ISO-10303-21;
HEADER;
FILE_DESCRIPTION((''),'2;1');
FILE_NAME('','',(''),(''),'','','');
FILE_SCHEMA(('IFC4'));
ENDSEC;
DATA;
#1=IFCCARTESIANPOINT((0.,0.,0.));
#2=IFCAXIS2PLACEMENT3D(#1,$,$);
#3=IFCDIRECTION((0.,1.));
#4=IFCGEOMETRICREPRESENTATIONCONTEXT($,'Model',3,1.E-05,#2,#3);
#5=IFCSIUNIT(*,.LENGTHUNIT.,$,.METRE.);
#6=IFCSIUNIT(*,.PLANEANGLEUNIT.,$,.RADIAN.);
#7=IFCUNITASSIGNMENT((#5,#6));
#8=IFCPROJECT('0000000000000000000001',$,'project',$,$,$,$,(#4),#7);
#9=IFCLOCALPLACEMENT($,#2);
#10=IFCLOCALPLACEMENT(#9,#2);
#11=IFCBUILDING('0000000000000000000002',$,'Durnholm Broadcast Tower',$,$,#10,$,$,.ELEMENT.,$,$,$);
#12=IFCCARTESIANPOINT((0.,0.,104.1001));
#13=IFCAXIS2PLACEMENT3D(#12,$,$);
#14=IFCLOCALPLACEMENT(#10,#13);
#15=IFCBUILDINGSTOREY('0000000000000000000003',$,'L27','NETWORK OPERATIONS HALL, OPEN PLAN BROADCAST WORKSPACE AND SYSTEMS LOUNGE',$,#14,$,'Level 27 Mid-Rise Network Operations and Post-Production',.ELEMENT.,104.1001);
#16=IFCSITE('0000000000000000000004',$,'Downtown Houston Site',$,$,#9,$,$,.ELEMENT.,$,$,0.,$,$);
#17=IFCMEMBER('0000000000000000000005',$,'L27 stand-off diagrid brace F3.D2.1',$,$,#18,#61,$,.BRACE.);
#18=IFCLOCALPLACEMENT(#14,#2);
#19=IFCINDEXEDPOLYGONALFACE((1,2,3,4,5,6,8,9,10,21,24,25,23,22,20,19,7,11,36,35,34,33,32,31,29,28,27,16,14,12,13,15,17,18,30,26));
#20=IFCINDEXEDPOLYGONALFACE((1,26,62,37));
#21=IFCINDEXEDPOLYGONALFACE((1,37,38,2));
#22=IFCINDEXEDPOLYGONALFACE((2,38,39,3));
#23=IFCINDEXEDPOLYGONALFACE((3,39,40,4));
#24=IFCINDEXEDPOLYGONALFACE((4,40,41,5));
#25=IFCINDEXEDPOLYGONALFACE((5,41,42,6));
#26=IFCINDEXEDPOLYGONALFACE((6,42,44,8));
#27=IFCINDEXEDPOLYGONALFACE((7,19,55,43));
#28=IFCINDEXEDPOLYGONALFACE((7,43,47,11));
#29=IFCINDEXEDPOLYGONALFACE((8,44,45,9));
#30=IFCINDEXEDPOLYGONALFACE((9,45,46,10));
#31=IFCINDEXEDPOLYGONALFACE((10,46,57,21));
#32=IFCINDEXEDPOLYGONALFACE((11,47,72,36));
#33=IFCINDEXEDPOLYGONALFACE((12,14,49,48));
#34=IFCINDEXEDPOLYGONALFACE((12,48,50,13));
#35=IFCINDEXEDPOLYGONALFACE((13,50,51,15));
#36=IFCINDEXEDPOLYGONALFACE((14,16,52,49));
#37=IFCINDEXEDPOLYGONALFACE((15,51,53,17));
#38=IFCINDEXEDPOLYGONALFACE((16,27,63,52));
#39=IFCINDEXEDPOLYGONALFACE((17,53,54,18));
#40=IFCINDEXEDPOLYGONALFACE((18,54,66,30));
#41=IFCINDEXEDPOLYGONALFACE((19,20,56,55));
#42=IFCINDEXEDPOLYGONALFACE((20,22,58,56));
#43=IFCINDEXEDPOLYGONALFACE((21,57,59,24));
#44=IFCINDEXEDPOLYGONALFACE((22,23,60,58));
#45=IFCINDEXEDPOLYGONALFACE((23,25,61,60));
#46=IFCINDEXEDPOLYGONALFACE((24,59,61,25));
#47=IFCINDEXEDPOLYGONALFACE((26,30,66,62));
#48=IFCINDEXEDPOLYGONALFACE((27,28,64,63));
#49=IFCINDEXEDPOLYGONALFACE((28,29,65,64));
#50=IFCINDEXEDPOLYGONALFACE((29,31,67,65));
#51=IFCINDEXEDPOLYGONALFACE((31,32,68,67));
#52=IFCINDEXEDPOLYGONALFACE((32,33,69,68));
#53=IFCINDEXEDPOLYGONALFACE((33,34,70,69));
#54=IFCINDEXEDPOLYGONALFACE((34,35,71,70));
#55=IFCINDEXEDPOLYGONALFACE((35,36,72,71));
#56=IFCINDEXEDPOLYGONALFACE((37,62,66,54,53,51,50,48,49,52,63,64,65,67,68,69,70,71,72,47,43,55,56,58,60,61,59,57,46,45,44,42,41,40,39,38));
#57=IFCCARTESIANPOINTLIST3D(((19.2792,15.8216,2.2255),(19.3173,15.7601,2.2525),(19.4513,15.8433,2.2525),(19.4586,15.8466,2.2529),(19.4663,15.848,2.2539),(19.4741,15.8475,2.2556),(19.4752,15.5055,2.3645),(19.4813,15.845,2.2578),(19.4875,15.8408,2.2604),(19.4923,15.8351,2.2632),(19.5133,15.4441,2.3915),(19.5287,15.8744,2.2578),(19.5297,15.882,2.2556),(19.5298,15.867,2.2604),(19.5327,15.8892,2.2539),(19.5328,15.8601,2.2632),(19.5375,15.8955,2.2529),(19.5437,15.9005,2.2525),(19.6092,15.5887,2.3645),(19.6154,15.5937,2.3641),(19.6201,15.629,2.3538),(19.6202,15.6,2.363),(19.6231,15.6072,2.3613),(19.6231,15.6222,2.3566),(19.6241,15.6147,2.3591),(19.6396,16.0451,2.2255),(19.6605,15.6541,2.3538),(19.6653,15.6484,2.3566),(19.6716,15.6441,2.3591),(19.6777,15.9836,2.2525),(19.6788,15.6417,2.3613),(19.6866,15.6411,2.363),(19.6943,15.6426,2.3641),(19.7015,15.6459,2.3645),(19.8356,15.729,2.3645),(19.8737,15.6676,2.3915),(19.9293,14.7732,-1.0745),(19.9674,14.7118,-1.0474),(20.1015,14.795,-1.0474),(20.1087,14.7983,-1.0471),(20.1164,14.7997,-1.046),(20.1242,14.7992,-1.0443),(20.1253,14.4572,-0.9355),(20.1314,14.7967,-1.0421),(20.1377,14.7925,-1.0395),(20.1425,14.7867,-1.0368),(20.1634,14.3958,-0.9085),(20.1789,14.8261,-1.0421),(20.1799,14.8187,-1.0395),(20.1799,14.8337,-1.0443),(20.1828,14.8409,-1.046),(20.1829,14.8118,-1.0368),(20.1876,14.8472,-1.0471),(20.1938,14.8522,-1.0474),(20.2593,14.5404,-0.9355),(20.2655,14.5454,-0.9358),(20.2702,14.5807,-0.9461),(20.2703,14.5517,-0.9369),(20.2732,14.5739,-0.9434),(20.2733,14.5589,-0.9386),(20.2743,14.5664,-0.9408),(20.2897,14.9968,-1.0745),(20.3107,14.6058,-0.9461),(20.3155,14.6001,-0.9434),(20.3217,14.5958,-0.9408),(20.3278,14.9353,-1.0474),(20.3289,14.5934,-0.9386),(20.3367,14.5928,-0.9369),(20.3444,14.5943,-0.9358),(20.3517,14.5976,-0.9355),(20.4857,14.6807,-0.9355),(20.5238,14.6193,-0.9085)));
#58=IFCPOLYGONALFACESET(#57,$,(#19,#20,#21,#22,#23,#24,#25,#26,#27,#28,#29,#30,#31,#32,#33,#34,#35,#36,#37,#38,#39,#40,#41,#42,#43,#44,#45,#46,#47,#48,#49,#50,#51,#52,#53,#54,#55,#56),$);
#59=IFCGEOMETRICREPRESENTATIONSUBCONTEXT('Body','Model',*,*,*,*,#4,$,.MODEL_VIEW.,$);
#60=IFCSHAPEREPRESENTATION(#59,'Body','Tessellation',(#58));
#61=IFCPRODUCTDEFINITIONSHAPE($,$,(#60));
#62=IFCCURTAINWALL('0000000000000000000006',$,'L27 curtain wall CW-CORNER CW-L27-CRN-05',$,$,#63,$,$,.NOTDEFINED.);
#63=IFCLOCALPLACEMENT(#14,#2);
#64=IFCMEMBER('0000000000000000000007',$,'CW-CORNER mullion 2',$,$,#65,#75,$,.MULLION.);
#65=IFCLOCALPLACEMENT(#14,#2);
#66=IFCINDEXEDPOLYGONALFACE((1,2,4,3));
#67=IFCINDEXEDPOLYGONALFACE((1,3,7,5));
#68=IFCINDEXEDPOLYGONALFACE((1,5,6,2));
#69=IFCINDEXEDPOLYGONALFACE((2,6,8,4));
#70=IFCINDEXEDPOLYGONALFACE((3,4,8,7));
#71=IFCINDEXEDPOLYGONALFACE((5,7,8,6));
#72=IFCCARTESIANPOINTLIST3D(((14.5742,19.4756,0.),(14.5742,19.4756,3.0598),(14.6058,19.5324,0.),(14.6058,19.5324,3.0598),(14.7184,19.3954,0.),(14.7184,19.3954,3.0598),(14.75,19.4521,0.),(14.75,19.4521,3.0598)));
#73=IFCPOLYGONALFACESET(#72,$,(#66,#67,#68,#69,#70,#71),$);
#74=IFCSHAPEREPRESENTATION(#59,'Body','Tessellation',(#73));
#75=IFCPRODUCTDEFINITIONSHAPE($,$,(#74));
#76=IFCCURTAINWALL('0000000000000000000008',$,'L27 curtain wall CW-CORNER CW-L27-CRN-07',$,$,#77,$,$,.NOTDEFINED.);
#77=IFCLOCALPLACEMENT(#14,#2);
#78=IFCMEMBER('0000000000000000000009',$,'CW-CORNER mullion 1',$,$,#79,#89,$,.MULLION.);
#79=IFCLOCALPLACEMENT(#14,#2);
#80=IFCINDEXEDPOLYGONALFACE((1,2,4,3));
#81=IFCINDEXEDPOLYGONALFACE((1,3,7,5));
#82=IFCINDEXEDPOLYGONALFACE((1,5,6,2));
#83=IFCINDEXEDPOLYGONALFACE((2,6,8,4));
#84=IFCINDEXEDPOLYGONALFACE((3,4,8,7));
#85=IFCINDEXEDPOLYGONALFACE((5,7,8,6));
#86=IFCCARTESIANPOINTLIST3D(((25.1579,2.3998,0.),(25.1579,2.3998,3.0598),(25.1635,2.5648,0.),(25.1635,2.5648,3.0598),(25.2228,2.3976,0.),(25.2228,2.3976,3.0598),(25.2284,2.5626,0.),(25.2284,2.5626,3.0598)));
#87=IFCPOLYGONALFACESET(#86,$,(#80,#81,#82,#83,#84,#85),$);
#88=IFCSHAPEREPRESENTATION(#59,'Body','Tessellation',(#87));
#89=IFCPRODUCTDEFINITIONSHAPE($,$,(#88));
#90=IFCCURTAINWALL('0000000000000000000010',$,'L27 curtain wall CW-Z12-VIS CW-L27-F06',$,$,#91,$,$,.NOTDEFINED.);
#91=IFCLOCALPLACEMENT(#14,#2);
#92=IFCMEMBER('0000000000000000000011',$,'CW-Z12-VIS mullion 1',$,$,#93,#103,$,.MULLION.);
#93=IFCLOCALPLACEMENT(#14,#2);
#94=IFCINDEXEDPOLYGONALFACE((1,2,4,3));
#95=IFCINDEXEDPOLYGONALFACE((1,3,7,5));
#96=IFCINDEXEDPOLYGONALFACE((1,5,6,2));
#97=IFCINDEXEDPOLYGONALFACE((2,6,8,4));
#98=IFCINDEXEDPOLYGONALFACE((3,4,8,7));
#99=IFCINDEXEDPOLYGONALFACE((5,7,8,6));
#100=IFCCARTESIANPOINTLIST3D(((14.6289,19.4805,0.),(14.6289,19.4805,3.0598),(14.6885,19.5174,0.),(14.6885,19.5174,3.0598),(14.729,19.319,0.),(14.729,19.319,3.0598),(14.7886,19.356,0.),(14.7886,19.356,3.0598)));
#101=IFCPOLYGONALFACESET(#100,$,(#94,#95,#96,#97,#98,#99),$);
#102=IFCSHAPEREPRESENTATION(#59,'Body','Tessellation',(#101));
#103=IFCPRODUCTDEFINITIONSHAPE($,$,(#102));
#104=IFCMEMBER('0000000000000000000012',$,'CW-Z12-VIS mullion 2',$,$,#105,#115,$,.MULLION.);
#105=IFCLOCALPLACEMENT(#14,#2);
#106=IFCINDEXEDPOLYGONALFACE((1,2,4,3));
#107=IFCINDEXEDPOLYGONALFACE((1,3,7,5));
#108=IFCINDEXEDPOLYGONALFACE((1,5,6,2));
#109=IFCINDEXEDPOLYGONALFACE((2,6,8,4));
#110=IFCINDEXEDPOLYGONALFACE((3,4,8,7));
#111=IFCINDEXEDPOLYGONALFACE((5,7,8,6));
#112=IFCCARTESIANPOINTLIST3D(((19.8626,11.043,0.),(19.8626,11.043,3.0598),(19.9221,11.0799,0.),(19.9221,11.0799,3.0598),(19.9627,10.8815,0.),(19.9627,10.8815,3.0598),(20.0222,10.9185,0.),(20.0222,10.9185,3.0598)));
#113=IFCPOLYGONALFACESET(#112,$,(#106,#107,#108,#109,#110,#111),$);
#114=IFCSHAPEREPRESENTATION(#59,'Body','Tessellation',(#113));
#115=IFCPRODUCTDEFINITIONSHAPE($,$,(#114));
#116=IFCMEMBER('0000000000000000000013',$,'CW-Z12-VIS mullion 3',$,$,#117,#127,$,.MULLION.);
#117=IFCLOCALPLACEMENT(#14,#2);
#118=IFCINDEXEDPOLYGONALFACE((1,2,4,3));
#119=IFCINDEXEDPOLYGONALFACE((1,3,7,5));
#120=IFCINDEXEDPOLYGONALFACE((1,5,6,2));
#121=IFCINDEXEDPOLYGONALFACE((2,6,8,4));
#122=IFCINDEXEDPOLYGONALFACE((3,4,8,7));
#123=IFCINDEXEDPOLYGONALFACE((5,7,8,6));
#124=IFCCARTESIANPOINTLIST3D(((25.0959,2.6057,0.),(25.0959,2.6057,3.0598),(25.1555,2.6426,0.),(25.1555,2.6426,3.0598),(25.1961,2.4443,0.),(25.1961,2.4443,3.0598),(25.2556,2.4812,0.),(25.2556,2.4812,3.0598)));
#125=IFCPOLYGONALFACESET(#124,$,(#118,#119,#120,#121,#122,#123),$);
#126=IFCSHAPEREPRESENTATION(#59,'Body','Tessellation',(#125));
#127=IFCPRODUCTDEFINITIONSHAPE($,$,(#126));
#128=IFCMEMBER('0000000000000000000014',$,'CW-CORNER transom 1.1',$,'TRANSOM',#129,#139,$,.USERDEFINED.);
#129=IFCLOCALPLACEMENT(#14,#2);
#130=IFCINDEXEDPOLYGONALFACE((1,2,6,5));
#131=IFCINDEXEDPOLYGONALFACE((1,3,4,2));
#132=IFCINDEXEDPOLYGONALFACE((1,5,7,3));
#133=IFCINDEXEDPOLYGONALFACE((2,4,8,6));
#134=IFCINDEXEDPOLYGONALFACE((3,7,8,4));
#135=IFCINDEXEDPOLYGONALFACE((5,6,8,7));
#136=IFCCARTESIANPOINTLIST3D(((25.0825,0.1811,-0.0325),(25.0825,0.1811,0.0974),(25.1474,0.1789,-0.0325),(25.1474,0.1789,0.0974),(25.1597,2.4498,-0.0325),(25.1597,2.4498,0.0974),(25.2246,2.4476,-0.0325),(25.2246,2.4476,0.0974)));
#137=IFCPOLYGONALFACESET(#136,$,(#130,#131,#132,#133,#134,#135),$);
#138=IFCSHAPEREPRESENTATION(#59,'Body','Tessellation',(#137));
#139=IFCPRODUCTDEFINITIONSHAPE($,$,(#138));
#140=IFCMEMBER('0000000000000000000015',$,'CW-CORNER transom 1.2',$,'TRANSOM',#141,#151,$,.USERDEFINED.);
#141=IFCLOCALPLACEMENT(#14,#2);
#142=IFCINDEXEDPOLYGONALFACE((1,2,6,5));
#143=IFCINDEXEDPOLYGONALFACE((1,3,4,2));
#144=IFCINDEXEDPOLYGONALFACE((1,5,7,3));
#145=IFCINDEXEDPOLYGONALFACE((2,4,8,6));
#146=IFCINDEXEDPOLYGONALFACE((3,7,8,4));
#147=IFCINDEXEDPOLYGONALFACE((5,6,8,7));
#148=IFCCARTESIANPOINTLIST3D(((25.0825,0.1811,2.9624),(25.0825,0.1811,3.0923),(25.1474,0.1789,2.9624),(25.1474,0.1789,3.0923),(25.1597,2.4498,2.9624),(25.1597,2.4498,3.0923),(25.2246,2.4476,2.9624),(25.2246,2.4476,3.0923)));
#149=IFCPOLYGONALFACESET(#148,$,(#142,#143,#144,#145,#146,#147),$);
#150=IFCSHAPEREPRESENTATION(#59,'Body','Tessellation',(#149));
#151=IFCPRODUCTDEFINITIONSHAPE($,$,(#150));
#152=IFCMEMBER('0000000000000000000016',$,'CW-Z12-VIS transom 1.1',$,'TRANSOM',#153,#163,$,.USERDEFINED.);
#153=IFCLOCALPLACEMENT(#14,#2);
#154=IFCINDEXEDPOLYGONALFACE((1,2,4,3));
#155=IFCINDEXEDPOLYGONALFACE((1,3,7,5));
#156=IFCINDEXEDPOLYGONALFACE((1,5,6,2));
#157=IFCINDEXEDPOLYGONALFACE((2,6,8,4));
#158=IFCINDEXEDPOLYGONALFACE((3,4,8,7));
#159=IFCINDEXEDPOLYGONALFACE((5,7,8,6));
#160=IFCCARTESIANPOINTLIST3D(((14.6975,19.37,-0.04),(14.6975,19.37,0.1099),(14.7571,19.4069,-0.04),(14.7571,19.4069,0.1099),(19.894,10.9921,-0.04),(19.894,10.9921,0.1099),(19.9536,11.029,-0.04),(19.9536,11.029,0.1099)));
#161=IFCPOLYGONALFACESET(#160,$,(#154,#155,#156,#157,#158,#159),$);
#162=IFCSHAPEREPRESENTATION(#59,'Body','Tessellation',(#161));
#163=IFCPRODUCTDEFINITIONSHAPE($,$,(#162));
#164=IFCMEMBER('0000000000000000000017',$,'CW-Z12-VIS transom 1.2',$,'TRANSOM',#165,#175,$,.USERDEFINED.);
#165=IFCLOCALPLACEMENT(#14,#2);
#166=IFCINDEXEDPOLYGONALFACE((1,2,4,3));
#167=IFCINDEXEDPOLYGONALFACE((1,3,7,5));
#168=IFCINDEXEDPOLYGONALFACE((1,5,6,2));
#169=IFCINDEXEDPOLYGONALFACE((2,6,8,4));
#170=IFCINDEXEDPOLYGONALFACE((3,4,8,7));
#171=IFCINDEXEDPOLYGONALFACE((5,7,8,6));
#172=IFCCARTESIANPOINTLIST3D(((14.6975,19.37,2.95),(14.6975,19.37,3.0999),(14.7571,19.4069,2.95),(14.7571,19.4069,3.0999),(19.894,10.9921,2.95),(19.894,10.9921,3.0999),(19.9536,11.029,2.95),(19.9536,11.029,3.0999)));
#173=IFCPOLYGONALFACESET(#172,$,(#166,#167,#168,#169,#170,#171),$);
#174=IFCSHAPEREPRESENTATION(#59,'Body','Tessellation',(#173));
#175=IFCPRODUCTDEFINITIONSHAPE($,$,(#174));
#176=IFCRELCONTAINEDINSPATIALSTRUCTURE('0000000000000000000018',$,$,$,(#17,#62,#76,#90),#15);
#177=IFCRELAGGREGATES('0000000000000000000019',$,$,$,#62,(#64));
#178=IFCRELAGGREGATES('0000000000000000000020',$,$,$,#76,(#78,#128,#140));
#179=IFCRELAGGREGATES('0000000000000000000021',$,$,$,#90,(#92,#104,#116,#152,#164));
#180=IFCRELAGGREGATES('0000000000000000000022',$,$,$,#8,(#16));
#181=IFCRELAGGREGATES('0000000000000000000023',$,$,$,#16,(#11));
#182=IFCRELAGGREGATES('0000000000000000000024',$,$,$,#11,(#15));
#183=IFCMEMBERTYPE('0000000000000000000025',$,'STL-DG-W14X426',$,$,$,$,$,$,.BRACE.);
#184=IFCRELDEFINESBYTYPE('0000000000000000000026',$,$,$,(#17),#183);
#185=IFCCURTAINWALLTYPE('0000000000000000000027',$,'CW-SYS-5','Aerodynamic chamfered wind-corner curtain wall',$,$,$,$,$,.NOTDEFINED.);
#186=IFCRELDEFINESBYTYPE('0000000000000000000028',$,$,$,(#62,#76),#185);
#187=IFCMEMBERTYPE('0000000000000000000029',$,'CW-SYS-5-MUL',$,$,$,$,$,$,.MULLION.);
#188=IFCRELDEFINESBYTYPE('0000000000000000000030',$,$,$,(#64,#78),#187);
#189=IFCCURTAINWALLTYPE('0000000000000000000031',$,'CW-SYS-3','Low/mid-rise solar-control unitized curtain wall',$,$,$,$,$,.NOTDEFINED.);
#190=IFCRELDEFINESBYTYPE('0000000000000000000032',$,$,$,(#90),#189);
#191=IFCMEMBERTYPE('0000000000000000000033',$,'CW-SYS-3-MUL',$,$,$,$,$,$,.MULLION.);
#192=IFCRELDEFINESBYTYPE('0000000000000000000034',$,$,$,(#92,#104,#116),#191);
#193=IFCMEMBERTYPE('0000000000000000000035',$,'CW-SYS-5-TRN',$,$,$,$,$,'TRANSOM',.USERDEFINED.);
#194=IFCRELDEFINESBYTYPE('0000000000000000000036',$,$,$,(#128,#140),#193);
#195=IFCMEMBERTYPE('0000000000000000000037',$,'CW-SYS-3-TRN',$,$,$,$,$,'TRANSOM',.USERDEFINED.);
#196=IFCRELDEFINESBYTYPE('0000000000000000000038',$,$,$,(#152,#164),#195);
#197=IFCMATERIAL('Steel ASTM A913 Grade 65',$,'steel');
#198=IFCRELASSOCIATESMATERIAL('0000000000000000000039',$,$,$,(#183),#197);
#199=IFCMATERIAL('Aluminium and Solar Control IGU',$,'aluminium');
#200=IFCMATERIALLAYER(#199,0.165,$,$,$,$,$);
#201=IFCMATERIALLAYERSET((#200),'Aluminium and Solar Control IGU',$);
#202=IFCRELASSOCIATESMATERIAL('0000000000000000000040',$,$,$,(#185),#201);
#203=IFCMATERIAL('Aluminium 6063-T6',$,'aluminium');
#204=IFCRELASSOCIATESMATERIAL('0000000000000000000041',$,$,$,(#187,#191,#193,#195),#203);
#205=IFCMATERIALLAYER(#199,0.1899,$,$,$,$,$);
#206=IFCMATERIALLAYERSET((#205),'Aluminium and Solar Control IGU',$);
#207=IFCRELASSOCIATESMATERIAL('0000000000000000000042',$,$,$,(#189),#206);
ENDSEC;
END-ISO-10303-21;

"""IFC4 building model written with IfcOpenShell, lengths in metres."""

from ifc_helpers import new_model, si_unit, direction, frame, origin, origin_2d, place, context, subcontext, project, spatial, rectangle, i_section, extrude, source, transform, mapped, material, layer, layer_set, material_profile, profile_set, type_object, type_shapes, element, aggregate, save


model = new_model("IFC4")

# Units and contexts
model_context = context("Model", 3, precision=1e-05, world=origin(), true_north=direction((0.0, 1.0)))
body_context = subcontext(model_context, "Body", "Model", "MODEL_VIEW")
ifc_project = project(units=[si_unit("LENGTHUNIT", "METRE"), si_unit("PLANEANGLEUNIT", "RADIAN")], contexts=[model_context])

# Site, building, storey
site_placement = place(None, origin())
site = spatial("IfcSite", under=ifc_project, at=site_placement, Name="Downtown Houston Site", CompositionType="ELEMENT", RefElevation=0.0)
building_placement = place(site_placement, origin())
building = spatial("IfcBuilding", under=site, at=building_placement, Name="Durnholm Broadcast Tower", CompositionType="ELEMENT")
storey_placement = place(building_placement, frame((0.0, 0.0, 104.1001)))
storey = spatial("IfcBuildingStorey", under=building, at=storey_placement, Name="L27", Description="NETWORK OPERATIONS HALL, OPEN PLAN BROADCAST WORKSPACE AND SYSTEMS LOUNGE", LongName="Level 27 Mid-Rise Network Operations and Post-Production", CompositionType="ELEMENT", Elevation=104.1001)

# Member
ifc_material_1 = material(Name="Steel ASTM A913 Grade 65", Category="steel")
ifc_material_profile_1 = material_profile(ifc_material_1, i_section(OverallWidth=0.4241, OverallDepth=0.4741, WebThickness=0.0476, FlangeThickness=0.0771, FilletRadius=0.0305, at=origin_2d()), Name="W14X426")
ifc_profile_set_1 = profile_set([ifc_material_profile_1], Name="Steel ASTM A913 Grade 65")
member_type_1 = type_object("IfcMemberType", Name="STL-DG-W14X426", PredefinedType="BRACE", material=ifc_profile_set_1)
shared_shape_1 = source(origin(), body_context, "Body", "SweptSolid", [
    extrude(i_section(OverallWidth=0.4241, OverallDepth=0.4741, WebThickness=0.0476, FlangeThickness=0.0771, FilletRadius=0.0305, at=origin_2d()), origin(), (0.0, 0.0, 1.0), 3.5229),
])
member_1_placement = place(storey_placement, frame((20.2266, 14.6963, -0.9915), z_axis=(-0.18454, 0.297564, 0.936697), x_axis=(-0.849839, -0.527043, 0.0)))
element("IfcMember", 1, at=member_1_placement, inside=storey, type_object=member_type_1, Name="L27 stand-off diagrid brace F3.D2.1", PredefinedType="BRACE", context=body_context, shape_type="MappedRepresentation", body=[
    mapped(shared_shape_1, transform((0.0, 0.0, 0.0), x_axis=(1.0, 0.0, 0.0), y_axis=(0.0, 1.0, 0.0), z_axis=(0.0, 0.0, 1.0), scale=1.0)),
])

# Curtain walls, members
ifc_material_2 = material(Name="Aluminium and Solar Control IGU", Category="aluminium")
ifc_layer_1 = layer(ifc_material_2, 0.165)
ifc_layer_set_1 = layer_set([ifc_layer_1], Name="Aluminium and Solar Control IGU")
curtain_wall_type_1 = type_object("IfcCurtainWallType", Name="CW-SYS-5", Description="Aerodynamic chamfered wind-corner curtain wall", PredefinedType="NOTDEFINED", material=ifc_layer_set_1)
curtain_wall_1_placement = place(storey_placement, origin())
curtain_wall_1 = element("IfcCurtainWall", 2, at=curtain_wall_1_placement, inside=storey, type_object=curtain_wall_type_1, Name="L27 curtain wall CW-CORNER CW-L27-CRN-05", PredefinedType="NOTDEFINED")
ifc_material_3 = material(Name="Aluminium 6063-T6", Category="aluminium")
ifc_material_profile_2 = material_profile(ifc_material_3, rectangle(XDim=0.0649, YDim=0.165, at=origin_2d()), Name="CWM65X165")
ifc_profile_set_2 = profile_set([ifc_material_profile_2], Name="Aluminium 6063-T6")
member_type_2 = type_object("IfcMemberType", Name="CW-SYS-5-MUL", PredefinedType="MULLION", material=ifc_profile_set_2)
shared_shape_2 = source(origin(), body_context, "Body", "SweptSolid", [
    extrude(rectangle(XDim=0.0649, YDim=0.165, at=origin_2d()), origin(), (0.0, 0.0, 1.0), 3.0598),
])
type_shapes(member_type_2, [shared_shape_2])
member_2_placement = place(storey_placement, frame((14.6621, 19.4639, 0.0), z_axis=(0.0, 0.0, 1.0), x_axis=(0.486244, 0.873823, 0.0)))
member_2 = element("IfcMember", 3, at=member_2_placement, type_object=member_type_2, Name="CW-CORNER mullion 2", PredefinedType="MULLION", context=body_context, shape_type="MappedRepresentation", body=[
    mapped(shared_shape_2, transform((0.0, 0.0, 0.0), x_axis=(1.0, 0.0, 0.0), y_axis=(0.0, 1.0, 0.0), z_axis=(0.0, 0.0, 1.0), scale=1.0)),
])
curtain_wall_2_placement = place(storey_placement, origin())
curtain_wall_2 = element("IfcCurtainWall", 4, at=curtain_wall_2_placement, inside=storey, type_object=curtain_wall_type_1, Name="L27 curtain wall CW-CORNER CW-L27-CRN-07", PredefinedType="NOTDEFINED")
member_3_placement = place(storey_placement, frame((25.1931, 2.4812, 0.0), z_axis=(0.0, 0.0, 1.0), x_axis=(0.999425, -0.033917, 0.0)))
member_3 = element("IfcMember", 5, at=member_3_placement, type_object=member_type_2, Name="CW-CORNER mullion 1", PredefinedType="MULLION", context=body_context, shape_type="MappedRepresentation", body=[
    mapped(shared_shape_2, transform((0.0, 0.0, 0.0), x_axis=(1.0, 0.0, 0.0), y_axis=(0.0, 1.0, 0.0), z_axis=(0.0, 0.0, 1.0), scale=1.0)),
])

# Curtain wall, members
ifc_layer_2 = layer(ifc_material_2, 0.1899)
ifc_layer_set_2 = layer_set([ifc_layer_2], Name="Aluminium and Solar Control IGU")
curtain_wall_type_2 = type_object("IfcCurtainWallType", Name="CW-SYS-3", Description="Low/mid-rise solar-control unitized curtain wall", PredefinedType="NOTDEFINED", material=ifc_layer_set_2)
curtain_wall_3_placement = place(storey_placement, origin())
curtain_wall_3 = element("IfcCurtainWall", 6, at=curtain_wall_3_placement, inside=storey, type_object=curtain_wall_type_2, Name="L27 curtain wall CW-Z12-VIS CW-L27-F06", PredefinedType="NOTDEFINED")
ifc_material_profile_3 = material_profile(ifc_material_3, rectangle(XDim=0.0701, YDim=0.1899, at=origin_2d()), Name="CWM70X190")
ifc_profile_set_3 = profile_set([ifc_material_profile_3], Name="Aluminium 6063-T6")
member_type_3 = type_object("IfcMemberType", Name="CW-SYS-3-MUL", PredefinedType="MULLION", material=ifc_profile_set_3)
shared_shape_3 = source(origin(), body_context, "Body", "SweptSolid", [
    extrude(rectangle(XDim=0.0701, YDim=0.1899, at=origin_2d()), origin(), (0.0, 0.0, 1.0), 3.0598),
])
type_shapes(member_type_3, [shared_shape_3])
member_4_placement = place(storey_placement, frame((14.7087, 19.4182, 0.0), z_axis=(0.0, 0.0, 1.0), x_axis=(0.8498, 0.527105, 0.0)))
member_4 = element("IfcMember", 7, at=member_4_placement, type_object=member_type_3, Name="CW-Z12-VIS mullion 1", PredefinedType="MULLION", context=body_context, shape_type="MappedRepresentation", body=[
    mapped(shared_shape_3, transform((0.0, 0.0, 0.0), x_axis=(1.0, 0.0, 0.0), y_axis=(0.0, 1.0, 0.0), z_axis=(0.0, 0.0, 1.0), scale=1.0)),
])
member_5_placement = place(storey_placement, frame((19.9424, 10.9807, 0.0), z_axis=(0.0, 0.0, 1.0), x_axis=(0.8498, 0.527105, 0.0)))
member_5 = element("IfcMember", 8, at=member_5_placement, type_object=member_type_3, Name="CW-Z12-VIS mullion 2", PredefinedType="MULLION", context=body_context, shape_type="MappedRepresentation", body=[
    mapped(shared_shape_3, transform((0.0, 0.0, 0.0), x_axis=(1.0, 0.0, 0.0), y_axis=(0.0, 1.0, 0.0), z_axis=(0.0, 0.0, 1.0), scale=1.0)),
])
member_6_placement = place(storey_placement, frame((25.1758, 2.5435, 0.0), z_axis=(0.0, 0.0, 1.0), x_axis=(0.8498, 0.527105, 0.0)))
member_6 = element("IfcMember", 9, at=member_6_placement, type_object=member_type_3, Name="CW-Z12-VIS mullion 3", PredefinedType="MULLION", context=body_context, shape_type="MappedRepresentation", body=[
    mapped(shared_shape_3, transform((0.0, 0.0, 0.0), x_axis=(1.0, 0.0, 0.0), y_axis=(0.0, 1.0, 0.0), z_axis=(0.0, 0.0, 1.0), scale=1.0)),
])

# Members
ifc_material_profile_4 = material_profile(ifc_material_3, rectangle(XDim=0.0649, YDim=0.1299, at=origin_2d()), Name="CWT65X130")
ifc_profile_set_4 = profile_set([ifc_material_profile_4], Name="Aluminium 6063-T6")
member_type_4 = type_object("IfcMemberType", Name="CW-SYS-5-TRN", ElementType="TRANSOM", PredefinedType="USERDEFINED", material=ifc_profile_set_4)
shared_shape_4 = source(origin(), body_context, "Body", "SweptSolid", [
    extrude(rectangle(XDim=0.0649, YDim=0.1299, at=origin_2d()), origin(), (0.0, 0.0, 1.0), 2.27),
])
type_shapes(member_type_4, [shared_shape_4])
member_7_placement = place(storey_placement, frame((25.1921, 2.4487, 0.0325), z_axis=(-0.033984, -0.999422, 0.0), x_axis=(0.999422, -0.033984, 0.0)))
member_7 = element("IfcMember", 10, at=member_7_placement, type_object=member_type_4, Name="CW-CORNER transom 1.1", ObjectType="TRANSOM", PredefinedType="USERDEFINED", context=body_context, shape_type="MappedRepresentation", body=[
    mapped(shared_shape_4, transform((0.0, 0.0, 0.0), x_axis=(1.0, 0.0, 0.0), y_axis=(0.0, 1.0, 0.0), z_axis=(0.0, 0.0, 1.0), scale=1.0)),
])
member_8_placement = place(storey_placement, frame((25.1921, 2.4487, 3.0273), z_axis=(-0.033984, -0.999422, 0.0), x_axis=(0.999422, -0.033984, 0.0)))
member_8 = element("IfcMember", 11, at=member_8_placement, type_object=member_type_4, Name="CW-CORNER transom 1.2", ObjectType="TRANSOM", PredefinedType="USERDEFINED", context=body_context, shape_type="MappedRepresentation", body=[
    mapped(shared_shape_4, transform((0.0, 0.0, 0.0), x_axis=(1.0, 0.0, 0.0), y_axis=(0.0, 1.0, 0.0), z_axis=(0.0, 0.0, 1.0), scale=1.0)),
])
ifc_material_profile_5 = material_profile(ifc_material_3, rectangle(XDim=0.0701, YDim=0.1499, at=origin_2d()), Name="CWT70X150")
ifc_profile_set_5 = profile_set([ifc_material_profile_5], Name="Aluminium 6063-T6")
member_type_5 = type_object("IfcMemberType", Name="CW-SYS-3-TRN", ElementType="TRANSOM", PredefinedType="USERDEFINED", material=ifc_profile_set_5)
shared_shape_5 = source(origin(), body_context, "Body", "SweptSolid", [
    extrude(rectangle(XDim=0.0701, YDim=0.1499, at=origin_2d()), origin(), (0.0, 0.0, 1.0), 9.8586),
])
member_9_placement = place(storey_placement, frame((14.7273, 19.3884, 0.0349), z_axis=(0.527102, -0.849802, 0.0), x_axis=(0.849802, 0.527102, 0.0)))
member_9 = element("IfcMember", 12, at=member_9_placement, type_object=member_type_5, Name="CW-Z12-VIS transom 1.1", ObjectType="TRANSOM", PredefinedType="USERDEFINED", context=body_context, shape_type="MappedRepresentation", body=[
    mapped(shared_shape_5, transform((0.0, 0.0, 0.0), x_axis=(1.0, 0.0, 0.0), y_axis=(0.0, 1.0, 0.0), z_axis=(0.0, 0.0, 1.0), scale=1.0)),
])
member_10_placement = place(storey_placement, frame((14.7273, 19.3884, 3.0249), z_axis=(0.527102, -0.849802, 0.0), x_axis=(0.849802, 0.527102, 0.0)))
member_10 = element("IfcMember", 13, at=member_10_placement, type_object=member_type_5, Name="CW-Z12-VIS transom 1.2", ObjectType="TRANSOM", PredefinedType="USERDEFINED", context=body_context, shape_type="MappedRepresentation", body=[
    mapped(shared_shape_5, transform((0.0, 0.0, 0.0), x_axis=(1.0, 0.0, 0.0), y_axis=(0.0, 1.0, 0.0), z_axis=(0.0, 0.0, 1.0), scale=1.0)),
])

aggregate(curtain_wall_1, [member_2])
aggregate(curtain_wall_2, [member_3, member_7, member_8])
aggregate(curtain_wall_3, [member_4, member_5, member_6, member_9, member_10])

save(model, "model.ifc")
